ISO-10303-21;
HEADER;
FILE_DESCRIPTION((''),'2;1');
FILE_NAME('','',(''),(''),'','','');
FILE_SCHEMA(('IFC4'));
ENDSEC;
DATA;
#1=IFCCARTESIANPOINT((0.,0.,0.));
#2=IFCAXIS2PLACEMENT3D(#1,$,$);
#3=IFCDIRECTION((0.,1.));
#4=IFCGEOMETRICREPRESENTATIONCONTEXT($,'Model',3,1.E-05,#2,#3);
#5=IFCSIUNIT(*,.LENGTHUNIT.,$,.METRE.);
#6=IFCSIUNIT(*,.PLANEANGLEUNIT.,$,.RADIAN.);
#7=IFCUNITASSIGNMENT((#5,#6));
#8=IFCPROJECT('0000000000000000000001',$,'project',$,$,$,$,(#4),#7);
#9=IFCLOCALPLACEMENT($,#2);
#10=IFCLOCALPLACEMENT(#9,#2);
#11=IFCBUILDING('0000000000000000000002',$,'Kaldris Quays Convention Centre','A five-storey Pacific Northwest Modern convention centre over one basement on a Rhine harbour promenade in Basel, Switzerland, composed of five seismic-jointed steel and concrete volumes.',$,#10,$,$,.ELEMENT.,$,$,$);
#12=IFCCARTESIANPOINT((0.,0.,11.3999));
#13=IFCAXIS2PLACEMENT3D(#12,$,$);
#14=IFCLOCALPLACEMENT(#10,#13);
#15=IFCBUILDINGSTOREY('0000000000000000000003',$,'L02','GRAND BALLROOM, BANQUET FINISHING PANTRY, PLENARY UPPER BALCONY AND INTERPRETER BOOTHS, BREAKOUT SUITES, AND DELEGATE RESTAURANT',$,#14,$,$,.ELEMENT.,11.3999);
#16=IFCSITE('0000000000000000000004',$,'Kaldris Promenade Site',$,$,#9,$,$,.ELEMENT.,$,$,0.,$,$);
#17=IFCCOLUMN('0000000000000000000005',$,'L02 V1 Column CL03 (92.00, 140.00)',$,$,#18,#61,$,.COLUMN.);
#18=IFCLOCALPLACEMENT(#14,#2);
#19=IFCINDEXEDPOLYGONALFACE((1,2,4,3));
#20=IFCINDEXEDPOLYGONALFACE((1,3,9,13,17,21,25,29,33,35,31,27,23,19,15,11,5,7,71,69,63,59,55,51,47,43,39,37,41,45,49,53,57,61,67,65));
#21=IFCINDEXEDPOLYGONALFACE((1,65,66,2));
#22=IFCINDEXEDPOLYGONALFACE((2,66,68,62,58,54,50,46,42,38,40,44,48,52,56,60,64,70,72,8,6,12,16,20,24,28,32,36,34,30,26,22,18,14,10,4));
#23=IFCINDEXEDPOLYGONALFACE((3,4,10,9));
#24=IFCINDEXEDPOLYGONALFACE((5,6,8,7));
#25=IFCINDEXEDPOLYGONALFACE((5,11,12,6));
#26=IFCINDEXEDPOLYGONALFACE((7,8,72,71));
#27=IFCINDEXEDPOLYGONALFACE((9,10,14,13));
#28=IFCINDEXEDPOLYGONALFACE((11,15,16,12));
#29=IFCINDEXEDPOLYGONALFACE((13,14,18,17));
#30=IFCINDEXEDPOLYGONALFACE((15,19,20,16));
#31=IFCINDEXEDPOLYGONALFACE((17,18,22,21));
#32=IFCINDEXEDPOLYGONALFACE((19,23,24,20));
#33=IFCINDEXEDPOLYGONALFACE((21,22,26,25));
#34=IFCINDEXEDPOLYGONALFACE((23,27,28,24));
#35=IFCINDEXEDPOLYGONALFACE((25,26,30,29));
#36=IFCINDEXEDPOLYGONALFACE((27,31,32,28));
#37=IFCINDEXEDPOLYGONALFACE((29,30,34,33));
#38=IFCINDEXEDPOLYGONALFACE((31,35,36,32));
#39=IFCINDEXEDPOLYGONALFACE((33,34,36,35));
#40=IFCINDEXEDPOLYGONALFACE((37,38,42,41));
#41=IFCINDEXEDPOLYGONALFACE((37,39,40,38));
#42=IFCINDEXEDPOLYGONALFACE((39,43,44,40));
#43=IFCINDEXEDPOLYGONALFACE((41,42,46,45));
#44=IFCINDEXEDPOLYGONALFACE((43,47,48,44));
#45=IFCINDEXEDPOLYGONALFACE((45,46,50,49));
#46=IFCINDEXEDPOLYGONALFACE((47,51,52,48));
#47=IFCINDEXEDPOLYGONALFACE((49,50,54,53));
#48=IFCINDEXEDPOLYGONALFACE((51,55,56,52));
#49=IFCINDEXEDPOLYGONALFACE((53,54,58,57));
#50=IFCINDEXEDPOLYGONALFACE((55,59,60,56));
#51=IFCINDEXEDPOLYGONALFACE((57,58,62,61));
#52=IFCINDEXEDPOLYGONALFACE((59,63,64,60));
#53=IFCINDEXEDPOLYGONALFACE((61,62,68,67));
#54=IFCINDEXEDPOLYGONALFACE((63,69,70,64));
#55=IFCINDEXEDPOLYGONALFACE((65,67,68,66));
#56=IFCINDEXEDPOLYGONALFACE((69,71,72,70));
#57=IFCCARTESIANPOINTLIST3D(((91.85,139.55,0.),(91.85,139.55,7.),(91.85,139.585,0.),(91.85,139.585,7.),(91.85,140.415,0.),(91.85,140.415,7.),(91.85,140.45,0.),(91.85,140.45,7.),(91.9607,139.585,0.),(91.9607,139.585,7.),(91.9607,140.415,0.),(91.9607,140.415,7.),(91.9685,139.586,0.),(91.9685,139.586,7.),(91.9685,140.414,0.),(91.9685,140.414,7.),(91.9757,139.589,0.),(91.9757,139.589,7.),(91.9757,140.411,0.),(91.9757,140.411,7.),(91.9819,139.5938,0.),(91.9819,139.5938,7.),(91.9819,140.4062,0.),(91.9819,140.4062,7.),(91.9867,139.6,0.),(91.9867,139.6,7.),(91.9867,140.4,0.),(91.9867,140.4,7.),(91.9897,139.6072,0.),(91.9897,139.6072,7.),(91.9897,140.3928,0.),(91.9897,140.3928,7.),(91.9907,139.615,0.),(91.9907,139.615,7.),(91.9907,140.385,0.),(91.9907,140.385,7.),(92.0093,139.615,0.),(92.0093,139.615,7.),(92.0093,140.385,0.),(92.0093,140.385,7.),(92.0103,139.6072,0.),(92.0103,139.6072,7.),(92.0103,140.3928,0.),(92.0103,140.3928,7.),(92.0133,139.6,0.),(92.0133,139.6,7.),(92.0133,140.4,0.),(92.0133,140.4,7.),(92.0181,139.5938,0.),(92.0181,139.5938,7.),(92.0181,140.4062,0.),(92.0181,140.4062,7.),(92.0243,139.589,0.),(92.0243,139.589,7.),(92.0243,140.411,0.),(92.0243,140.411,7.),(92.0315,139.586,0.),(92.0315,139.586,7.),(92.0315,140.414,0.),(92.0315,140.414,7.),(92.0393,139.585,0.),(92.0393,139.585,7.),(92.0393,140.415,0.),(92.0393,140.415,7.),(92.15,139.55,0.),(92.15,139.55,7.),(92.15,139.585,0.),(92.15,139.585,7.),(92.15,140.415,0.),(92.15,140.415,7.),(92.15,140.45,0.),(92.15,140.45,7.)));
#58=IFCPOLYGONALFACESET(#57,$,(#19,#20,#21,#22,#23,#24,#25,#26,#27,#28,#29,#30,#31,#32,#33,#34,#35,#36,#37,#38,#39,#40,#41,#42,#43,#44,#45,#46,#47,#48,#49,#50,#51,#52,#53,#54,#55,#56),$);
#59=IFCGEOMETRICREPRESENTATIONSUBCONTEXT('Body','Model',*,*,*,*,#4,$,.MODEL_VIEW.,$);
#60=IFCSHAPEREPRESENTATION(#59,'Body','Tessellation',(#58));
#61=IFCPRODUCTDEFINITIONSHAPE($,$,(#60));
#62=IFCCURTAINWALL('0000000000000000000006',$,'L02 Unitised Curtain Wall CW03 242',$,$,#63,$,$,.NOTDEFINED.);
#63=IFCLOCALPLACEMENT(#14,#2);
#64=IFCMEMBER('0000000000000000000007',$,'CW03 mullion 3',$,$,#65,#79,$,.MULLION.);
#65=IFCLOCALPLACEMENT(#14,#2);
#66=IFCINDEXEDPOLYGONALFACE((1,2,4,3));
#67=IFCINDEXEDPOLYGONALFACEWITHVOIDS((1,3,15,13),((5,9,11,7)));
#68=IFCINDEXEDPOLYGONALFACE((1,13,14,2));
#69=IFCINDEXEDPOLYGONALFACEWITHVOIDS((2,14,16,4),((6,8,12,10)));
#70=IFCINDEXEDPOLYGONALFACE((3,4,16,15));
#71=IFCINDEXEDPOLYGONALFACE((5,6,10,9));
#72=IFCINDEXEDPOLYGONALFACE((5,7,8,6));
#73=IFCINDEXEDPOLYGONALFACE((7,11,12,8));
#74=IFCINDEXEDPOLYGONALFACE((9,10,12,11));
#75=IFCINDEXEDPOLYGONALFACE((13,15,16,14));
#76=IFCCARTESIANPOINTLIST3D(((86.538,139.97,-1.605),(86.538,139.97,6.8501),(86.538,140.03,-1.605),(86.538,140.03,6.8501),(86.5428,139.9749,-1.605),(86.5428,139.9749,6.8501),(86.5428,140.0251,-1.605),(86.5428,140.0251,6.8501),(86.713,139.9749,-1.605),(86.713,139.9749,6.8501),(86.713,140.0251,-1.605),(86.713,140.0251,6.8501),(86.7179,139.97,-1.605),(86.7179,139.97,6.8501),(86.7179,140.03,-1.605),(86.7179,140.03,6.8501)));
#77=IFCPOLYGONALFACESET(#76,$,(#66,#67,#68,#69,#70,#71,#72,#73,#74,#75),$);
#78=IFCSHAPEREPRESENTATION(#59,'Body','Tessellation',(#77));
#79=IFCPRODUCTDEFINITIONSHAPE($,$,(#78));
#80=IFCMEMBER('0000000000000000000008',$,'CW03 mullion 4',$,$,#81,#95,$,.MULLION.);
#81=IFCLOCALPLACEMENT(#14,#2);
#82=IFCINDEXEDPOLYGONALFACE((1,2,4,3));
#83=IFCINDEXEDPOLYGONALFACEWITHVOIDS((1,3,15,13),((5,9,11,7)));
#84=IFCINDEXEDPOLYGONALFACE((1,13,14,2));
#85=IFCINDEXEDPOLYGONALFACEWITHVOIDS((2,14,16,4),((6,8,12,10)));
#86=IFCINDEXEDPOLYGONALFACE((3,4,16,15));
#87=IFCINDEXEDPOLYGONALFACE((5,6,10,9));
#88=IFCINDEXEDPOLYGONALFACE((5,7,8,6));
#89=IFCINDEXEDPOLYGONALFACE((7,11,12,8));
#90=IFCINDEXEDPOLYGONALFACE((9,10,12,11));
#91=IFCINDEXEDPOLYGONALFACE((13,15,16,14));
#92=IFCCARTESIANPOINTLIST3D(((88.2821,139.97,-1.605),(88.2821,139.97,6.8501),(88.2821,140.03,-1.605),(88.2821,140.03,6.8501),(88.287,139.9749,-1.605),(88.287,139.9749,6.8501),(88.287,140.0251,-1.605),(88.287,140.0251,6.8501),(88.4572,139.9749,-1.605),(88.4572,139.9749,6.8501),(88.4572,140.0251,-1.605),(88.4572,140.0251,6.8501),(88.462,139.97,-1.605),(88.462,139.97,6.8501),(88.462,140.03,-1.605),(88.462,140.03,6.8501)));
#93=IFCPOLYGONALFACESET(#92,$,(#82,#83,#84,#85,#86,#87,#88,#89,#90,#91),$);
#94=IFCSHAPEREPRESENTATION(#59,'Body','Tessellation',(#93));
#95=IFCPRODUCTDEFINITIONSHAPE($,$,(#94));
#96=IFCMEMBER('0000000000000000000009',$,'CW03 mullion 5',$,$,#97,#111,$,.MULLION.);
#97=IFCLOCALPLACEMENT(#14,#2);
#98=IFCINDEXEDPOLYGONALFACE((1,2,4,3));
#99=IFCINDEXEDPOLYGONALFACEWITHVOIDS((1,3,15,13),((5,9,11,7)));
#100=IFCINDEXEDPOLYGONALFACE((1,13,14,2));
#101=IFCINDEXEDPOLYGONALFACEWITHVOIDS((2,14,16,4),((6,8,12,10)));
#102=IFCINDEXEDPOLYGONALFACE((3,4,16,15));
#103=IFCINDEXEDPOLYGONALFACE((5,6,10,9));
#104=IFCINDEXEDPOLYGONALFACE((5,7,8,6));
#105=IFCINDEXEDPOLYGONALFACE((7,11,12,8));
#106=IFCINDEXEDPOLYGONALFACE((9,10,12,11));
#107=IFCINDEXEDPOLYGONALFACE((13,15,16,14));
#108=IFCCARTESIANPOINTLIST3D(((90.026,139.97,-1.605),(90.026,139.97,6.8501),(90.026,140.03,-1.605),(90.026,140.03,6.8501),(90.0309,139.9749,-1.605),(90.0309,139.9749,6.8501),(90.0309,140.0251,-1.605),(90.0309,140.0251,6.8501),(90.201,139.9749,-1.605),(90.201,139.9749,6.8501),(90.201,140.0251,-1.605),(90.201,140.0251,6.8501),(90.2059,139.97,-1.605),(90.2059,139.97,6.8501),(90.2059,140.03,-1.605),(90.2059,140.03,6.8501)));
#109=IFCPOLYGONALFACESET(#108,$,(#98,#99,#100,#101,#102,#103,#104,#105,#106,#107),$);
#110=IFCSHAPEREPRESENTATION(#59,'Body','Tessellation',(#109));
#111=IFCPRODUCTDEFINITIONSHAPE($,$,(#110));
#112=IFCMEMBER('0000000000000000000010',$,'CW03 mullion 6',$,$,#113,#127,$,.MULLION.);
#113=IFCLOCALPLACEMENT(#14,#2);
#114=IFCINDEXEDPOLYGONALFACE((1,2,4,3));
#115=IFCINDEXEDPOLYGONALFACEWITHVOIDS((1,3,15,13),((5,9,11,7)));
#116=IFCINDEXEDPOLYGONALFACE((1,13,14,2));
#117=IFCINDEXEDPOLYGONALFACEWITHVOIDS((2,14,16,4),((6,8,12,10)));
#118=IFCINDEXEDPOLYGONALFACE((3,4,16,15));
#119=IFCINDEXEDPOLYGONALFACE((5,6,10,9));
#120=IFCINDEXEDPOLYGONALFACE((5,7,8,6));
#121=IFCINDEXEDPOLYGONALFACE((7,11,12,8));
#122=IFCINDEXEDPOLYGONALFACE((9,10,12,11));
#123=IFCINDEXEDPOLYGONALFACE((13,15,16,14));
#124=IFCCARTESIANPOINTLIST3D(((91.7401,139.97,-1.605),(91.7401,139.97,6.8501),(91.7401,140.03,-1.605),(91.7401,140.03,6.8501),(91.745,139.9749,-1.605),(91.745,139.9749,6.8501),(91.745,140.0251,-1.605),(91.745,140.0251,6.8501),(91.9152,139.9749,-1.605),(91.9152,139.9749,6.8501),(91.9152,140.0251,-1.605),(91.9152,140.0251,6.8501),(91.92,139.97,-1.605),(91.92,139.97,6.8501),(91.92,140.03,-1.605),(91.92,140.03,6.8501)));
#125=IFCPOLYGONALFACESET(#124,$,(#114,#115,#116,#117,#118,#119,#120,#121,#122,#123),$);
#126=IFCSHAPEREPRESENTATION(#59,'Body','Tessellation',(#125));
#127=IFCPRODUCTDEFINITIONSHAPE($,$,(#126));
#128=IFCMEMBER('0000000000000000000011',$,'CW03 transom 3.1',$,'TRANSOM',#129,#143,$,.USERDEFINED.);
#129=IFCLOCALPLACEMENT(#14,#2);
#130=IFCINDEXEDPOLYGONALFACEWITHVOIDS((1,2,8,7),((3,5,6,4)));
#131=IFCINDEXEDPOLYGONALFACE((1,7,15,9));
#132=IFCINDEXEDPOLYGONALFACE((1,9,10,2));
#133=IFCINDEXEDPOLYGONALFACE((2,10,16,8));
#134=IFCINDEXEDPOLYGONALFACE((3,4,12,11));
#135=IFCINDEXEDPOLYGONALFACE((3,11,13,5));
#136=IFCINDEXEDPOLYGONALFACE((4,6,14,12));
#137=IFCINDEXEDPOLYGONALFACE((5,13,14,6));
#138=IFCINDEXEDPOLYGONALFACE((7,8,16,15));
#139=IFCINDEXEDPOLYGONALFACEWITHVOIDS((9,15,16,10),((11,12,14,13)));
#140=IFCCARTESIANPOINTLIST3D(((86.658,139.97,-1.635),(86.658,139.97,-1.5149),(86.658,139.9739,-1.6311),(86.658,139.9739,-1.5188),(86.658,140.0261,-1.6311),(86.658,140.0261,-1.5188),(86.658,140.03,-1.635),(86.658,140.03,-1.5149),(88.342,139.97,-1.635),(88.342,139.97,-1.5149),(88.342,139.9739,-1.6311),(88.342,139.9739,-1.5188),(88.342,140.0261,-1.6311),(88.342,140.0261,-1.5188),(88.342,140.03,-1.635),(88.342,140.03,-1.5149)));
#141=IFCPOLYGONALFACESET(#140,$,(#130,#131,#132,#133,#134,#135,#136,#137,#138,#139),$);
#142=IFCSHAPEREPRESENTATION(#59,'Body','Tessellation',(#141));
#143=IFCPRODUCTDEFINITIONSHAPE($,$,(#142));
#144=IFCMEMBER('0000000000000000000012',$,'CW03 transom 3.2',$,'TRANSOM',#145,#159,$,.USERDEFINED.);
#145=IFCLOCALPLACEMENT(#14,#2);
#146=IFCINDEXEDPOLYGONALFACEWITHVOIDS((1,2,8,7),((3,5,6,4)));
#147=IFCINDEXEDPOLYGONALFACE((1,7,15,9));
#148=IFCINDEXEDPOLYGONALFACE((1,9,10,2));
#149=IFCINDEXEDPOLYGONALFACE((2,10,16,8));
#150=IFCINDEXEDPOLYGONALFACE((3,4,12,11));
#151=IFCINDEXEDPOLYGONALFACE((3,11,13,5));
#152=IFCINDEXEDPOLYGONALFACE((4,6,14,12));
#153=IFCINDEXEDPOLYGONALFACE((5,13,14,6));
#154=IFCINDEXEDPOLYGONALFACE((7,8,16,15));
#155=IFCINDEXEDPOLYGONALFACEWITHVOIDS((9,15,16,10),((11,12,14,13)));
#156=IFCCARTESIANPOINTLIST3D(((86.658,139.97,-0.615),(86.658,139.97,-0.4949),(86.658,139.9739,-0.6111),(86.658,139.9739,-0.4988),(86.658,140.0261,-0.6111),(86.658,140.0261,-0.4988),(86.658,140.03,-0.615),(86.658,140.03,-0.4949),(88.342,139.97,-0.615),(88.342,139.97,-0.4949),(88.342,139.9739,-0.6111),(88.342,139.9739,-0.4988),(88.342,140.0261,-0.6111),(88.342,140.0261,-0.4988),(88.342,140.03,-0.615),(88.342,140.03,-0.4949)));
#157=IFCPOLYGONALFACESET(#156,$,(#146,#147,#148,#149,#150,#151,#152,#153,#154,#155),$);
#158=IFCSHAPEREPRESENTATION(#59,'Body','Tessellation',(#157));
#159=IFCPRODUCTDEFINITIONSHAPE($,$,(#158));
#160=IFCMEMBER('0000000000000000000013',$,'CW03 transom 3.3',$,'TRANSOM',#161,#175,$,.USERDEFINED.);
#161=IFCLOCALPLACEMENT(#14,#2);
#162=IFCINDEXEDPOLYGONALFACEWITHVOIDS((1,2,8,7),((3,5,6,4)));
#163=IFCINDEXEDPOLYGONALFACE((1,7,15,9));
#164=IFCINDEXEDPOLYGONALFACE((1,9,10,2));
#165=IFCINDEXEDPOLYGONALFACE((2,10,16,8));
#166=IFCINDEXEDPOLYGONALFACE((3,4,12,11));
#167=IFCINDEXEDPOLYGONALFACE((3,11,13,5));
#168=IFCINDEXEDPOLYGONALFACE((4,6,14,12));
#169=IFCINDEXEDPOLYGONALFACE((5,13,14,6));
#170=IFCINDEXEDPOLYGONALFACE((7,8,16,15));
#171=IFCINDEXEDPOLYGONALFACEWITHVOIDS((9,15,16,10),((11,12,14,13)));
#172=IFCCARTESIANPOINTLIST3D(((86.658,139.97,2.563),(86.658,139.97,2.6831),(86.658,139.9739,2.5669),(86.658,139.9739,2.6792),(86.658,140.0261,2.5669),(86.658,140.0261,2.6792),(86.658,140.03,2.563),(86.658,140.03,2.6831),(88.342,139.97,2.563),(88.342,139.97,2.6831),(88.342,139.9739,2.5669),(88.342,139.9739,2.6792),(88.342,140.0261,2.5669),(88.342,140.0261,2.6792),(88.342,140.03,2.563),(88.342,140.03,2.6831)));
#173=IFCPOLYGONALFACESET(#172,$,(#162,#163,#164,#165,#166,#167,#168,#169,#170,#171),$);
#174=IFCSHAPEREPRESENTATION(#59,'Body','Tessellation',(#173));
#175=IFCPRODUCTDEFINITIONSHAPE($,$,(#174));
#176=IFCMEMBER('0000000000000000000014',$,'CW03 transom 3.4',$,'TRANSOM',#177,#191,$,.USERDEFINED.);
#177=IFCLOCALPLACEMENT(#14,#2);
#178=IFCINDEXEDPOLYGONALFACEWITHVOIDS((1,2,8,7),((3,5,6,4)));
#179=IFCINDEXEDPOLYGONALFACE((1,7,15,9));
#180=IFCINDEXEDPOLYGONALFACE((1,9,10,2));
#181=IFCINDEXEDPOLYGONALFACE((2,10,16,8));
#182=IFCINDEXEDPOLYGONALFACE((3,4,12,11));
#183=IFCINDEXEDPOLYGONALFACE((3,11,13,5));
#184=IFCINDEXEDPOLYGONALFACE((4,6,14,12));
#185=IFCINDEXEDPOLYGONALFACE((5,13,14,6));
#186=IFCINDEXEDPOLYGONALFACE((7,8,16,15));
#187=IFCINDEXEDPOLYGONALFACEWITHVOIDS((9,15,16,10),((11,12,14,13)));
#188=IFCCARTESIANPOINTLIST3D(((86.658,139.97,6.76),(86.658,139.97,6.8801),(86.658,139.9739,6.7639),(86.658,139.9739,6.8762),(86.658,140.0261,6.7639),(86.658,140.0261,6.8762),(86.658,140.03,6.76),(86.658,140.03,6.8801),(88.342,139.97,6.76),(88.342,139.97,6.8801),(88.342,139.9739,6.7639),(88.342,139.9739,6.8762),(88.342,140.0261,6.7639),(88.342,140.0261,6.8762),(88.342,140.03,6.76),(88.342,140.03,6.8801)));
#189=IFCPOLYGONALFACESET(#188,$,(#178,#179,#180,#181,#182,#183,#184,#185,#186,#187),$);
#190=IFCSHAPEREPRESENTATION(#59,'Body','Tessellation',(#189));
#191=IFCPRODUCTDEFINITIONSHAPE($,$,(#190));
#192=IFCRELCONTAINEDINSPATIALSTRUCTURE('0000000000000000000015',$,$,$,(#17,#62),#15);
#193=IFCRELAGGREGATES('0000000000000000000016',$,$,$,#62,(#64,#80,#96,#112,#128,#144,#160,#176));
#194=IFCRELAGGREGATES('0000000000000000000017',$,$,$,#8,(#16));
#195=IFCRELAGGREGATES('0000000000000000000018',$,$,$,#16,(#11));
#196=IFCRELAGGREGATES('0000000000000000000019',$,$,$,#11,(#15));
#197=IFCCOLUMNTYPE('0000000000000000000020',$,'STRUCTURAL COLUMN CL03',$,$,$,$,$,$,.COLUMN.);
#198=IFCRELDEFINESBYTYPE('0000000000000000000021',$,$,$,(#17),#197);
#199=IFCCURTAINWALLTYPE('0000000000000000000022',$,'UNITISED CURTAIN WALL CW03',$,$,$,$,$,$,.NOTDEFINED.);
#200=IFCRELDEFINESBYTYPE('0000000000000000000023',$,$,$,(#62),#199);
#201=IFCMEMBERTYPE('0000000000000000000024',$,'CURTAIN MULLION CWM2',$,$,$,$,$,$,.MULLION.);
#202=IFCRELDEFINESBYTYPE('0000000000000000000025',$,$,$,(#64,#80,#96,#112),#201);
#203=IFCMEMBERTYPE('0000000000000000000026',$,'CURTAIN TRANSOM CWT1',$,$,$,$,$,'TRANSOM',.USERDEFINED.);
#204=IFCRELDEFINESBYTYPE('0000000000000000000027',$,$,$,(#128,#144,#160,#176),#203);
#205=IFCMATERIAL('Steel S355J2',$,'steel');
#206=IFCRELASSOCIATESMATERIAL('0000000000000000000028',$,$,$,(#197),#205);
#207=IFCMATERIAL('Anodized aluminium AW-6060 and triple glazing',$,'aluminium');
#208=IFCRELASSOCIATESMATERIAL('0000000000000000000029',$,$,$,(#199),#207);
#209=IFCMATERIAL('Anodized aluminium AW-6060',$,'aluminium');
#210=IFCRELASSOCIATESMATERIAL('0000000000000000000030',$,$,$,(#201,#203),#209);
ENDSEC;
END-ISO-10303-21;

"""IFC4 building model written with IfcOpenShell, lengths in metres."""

from ifc_helpers import new_model, si_unit, direction, frame, origin, origin_2d, place, context, subcontext, project, spatial, hollow_rectangle, i_section, extrude, material, material_profile, profile_set, type_object, element, aggregate, save


model = new_model("IFC4")

# Units and contexts
model_context = context("Model", 3, precision=1e-05, world=origin(), true_north=direction((0.0, 1.0)))
body_context = subcontext(model_context, "Body", "Model", "MODEL_VIEW")
ifc_project = project(units=[si_unit("LENGTHUNIT", "METRE"), si_unit("PLANEANGLEUNIT", "RADIAN")], contexts=[model_context])

# Site, building, storey
site_placement = place(None, origin())
site = spatial("IfcSite", under=ifc_project, at=site_placement, Name="Kaldris Promenade Site", CompositionType="ELEMENT", RefElevation=0.0)
building_placement = place(site_placement, origin())
building = spatial("IfcBuilding", under=site, at=building_placement, Name="Kaldris Quays Convention Centre", Description="A five-storey Pacific Northwest Modern convention centre over one basement on a Rhine harbour promenade in Basel, Switzerland, composed of five seismic-jointed steel and concrete volumes.", CompositionType="ELEMENT")
storey_placement = place(building_placement, frame((0.0, 0.0, 11.3999)))
storey = spatial("IfcBuildingStorey", under=building, at=storey_placement, Name="L02", Description="GRAND BALLROOM, BANQUET FINISHING PANTRY, PLENARY UPPER BALCONY AND INTERPRETER BOOTHS, BREAKOUT SUITES, AND DELEGATE RESTAURANT", CompositionType="ELEMENT", Elevation=11.3999)

# Column
ifc_material_1 = material(Name="Steel S355J2", Category="steel")
ifc_material_profile_1 = material_profile(ifc_material_1, i_section(OverallWidth=0.3, OverallDepth=0.8999, WebThickness=0.0186, FlangeThickness=0.0349, FilletRadius=0.03, at=origin_2d()), Name="HEB 900")
ifc_profile_set_1 = profile_set([ifc_material_profile_1], Name="Steel S355J2")
column_type = type_object("IfcColumnType", Name="STRUCTURAL COLUMN CL03", PredefinedType="COLUMN", material=ifc_profile_set_1)
column_placement = place(storey_placement, frame((92.0, 140.0, 0.0), z_axis=(0.0, 0.0, 1.0), x_axis=(1.0, 0.0, 0.0)))
element("IfcColumn", 1, at=column_placement, inside=storey, type_object=column_type, Name="L02 V1 Column CL03 (92.00, 140.00)", PredefinedType="COLUMN", context=body_context, shape_type="SweptSolid", body=[
    extrude(i_section(OverallWidth=0.3, OverallDepth=0.8999, WebThickness=0.0186, FlangeThickness=0.0349, FilletRadius=0.03, at=origin_2d()), origin(), (0.0, 0.0, 1.0), 7.0),
])

# Curtain wall, members
ifc_material_2 = material(Name="Anodized aluminium AW-6060 and triple glazing", Category="aluminium")
curtain_wall_type = type_object("IfcCurtainWallType", Name="UNITISED CURTAIN WALL CW03", PredefinedType="NOTDEFINED", material=ifc_material_2)
curtain_wall_placement = place(storey_placement, origin())
curtain_wall = element("IfcCurtainWall", 2, at=curtain_wall_placement, inside=storey, type_object=curtain_wall_type, Name="L02 Unitised Curtain Wall CW03 242", PredefinedType="NOTDEFINED")
ifc_material_3 = material(Name="Anodized aluminium AW-6060", Category="aluminium")
ifc_material_profile_2 = material_profile(ifc_material_3, hollow_rectangle(XDim=0.0601, YDim=0.1799, WallThickness=0.0049, at=origin_2d()), Name="RHS 180x60x5")
ifc_profile_set_2 = profile_set([ifc_material_profile_2], Name="Anodized aluminium AW-6060")
member_type_1 = type_object("IfcMemberType", Name="CURTAIN MULLION CWM2", PredefinedType="MULLION", material=ifc_profile_set_2)
member_1_placement = place(storey_placement, frame((86.6279, 140.0, -1.605), z_axis=(0.0, 0.0, 1.0), x_axis=(0.0, 1.0, 0.0)))
member_1 = element("IfcMember", 3, at=member_1_placement, type_object=member_type_1, Name="CW03 mullion 3", PredefinedType="MULLION", context=body_context, shape_type="SweptSolid", body=[
    extrude(hollow_rectangle(XDim=0.0601, YDim=0.1799, WallThickness=0.0049, at=origin_2d()), origin(), (0.0, 0.0, 1.0), 8.4551),
])
member_2_placement = place(storey_placement, frame((88.3721, 140.0, -1.605), z_axis=(0.0, 0.0, 1.0), x_axis=(0.0, 1.0, 0.0)))
member_2 = element("IfcMember", 4, at=member_2_placement, type_object=member_type_1, Name="CW03 mullion 4", PredefinedType="MULLION", context=body_context, shape_type="SweptSolid", body=[
    extrude(hollow_rectangle(XDim=0.0601, YDim=0.1799, WallThickness=0.0049, at=origin_2d()), origin(), (0.0, 0.0, 1.0), 8.4551),
])
member_3_placement = place(storey_placement, frame((90.116, 140.0, -1.605), z_axis=(0.0, 0.0, 1.0), x_axis=(0.0, 1.0, 0.0)))
member_3 = element("IfcMember", 5, at=member_3_placement, type_object=member_type_1, Name="CW03 mullion 5", PredefinedType="MULLION", context=body_context, shape_type="SweptSolid", body=[
    extrude(hollow_rectangle(XDim=0.0601, YDim=0.1799, WallThickness=0.0049, at=origin_2d()), origin(), (0.0, 0.0, 1.0), 8.4551),
])
member_4_placement = place(storey_placement, frame((91.8301, 140.0, -1.605), z_axis=(0.0, 0.0, 1.0), x_axis=(0.0, 1.0, 0.0)))
member_4 = element("IfcMember", 6, at=member_4_placement, type_object=member_type_1, Name="CW03 mullion 6", PredefinedType="MULLION", context=body_context, shape_type="SweptSolid", body=[
    extrude(hollow_rectangle(XDim=0.0601, YDim=0.1799, WallThickness=0.0049, at=origin_2d()), origin(), (0.0, 0.0, 1.0), 8.4551),
])
ifc_material_profile_3 = material_profile(ifc_material_3, hollow_rectangle(XDim=0.0601, YDim=0.1201, WallThickness=0.0039, at=origin_2d()), Name="RHS 120x60x4")
ifc_profile_set_3 = profile_set([ifc_material_profile_3], Name="Anodized aluminium AW-6060")
member_type_2 = type_object("IfcMemberType", Name="CURTAIN TRANSOM CWT1", ElementType="TRANSOM", PredefinedType="USERDEFINED", material=ifc_profile_set_3)
member_5_placement = place(storey_placement, frame((86.658, 140.0, -1.575), z_axis=(1.0, 0.0, 0.0), x_axis=(0.0, 1.0, 0.0)))
member_5 = element("IfcMember", 7, at=member_5_placement, type_object=member_type_2, Name="CW03 transom 3.1", ObjectType="TRANSOM", PredefinedType="USERDEFINED", context=body_context, shape_type="SweptSolid", body=[
    extrude(hollow_rectangle(XDim=0.0601, YDim=0.1201, WallThickness=0.0039, at=origin_2d()), origin(), (0.0, 0.0, 1.0), 1.6841),
])
member_6_placement = place(storey_placement, frame((86.658, 140.0, -0.5549), z_axis=(1.0, 0.0, 0.0), x_axis=(0.0, 1.0, 0.0)))
member_6 = element("IfcMember", 8, at=member_6_placement, type_object=member_type_2, Name="CW03 transom 3.2", ObjectType="TRANSOM", PredefinedType="USERDEFINED", context=body_context, shape_type="SweptSolid", body=[
    extrude(hollow_rectangle(XDim=0.0601, YDim=0.1201, WallThickness=0.0039, at=origin_2d()), origin(), (0.0, 0.0, 1.0), 1.6841),
])
member_7_placement = place(storey_placement, frame((86.658, 140.0, 2.623), z_axis=(1.0, 0.0, 0.0), x_axis=(0.0, 1.0, 0.0)))
member_7 = element("IfcMember", 9, at=member_7_placement, type_object=member_type_2, Name="CW03 transom 3.3", ObjectType="TRANSOM", PredefinedType="USERDEFINED", context=body_context, shape_type="SweptSolid", body=[
    extrude(hollow_rectangle(XDim=0.0601, YDim=0.1201, WallThickness=0.0039, at=origin_2d()), origin(), (0.0, 0.0, 1.0), 1.6841),
])
member_8_placement = place(storey_placement, frame((86.658, 140.0, 6.8201), z_axis=(1.0, 0.0, 0.0), x_axis=(0.0, 1.0, 0.0)))
member_8 = element("IfcMember", 10, at=member_8_placement, type_object=member_type_2, Name="CW03 transom 3.4", ObjectType="TRANSOM", PredefinedType="USERDEFINED", context=body_context, shape_type="SweptSolid", body=[
    extrude(hollow_rectangle(XDim=0.0601, YDim=0.1201, WallThickness=0.0039, at=origin_2d()), origin(), (0.0, 0.0, 1.0), 1.6841),
])

aggregate(curtain_wall, [member_1, member_2, member_3, member_4, member_5, member_6, member_7, member_8])

save(model, "model.ifc")
